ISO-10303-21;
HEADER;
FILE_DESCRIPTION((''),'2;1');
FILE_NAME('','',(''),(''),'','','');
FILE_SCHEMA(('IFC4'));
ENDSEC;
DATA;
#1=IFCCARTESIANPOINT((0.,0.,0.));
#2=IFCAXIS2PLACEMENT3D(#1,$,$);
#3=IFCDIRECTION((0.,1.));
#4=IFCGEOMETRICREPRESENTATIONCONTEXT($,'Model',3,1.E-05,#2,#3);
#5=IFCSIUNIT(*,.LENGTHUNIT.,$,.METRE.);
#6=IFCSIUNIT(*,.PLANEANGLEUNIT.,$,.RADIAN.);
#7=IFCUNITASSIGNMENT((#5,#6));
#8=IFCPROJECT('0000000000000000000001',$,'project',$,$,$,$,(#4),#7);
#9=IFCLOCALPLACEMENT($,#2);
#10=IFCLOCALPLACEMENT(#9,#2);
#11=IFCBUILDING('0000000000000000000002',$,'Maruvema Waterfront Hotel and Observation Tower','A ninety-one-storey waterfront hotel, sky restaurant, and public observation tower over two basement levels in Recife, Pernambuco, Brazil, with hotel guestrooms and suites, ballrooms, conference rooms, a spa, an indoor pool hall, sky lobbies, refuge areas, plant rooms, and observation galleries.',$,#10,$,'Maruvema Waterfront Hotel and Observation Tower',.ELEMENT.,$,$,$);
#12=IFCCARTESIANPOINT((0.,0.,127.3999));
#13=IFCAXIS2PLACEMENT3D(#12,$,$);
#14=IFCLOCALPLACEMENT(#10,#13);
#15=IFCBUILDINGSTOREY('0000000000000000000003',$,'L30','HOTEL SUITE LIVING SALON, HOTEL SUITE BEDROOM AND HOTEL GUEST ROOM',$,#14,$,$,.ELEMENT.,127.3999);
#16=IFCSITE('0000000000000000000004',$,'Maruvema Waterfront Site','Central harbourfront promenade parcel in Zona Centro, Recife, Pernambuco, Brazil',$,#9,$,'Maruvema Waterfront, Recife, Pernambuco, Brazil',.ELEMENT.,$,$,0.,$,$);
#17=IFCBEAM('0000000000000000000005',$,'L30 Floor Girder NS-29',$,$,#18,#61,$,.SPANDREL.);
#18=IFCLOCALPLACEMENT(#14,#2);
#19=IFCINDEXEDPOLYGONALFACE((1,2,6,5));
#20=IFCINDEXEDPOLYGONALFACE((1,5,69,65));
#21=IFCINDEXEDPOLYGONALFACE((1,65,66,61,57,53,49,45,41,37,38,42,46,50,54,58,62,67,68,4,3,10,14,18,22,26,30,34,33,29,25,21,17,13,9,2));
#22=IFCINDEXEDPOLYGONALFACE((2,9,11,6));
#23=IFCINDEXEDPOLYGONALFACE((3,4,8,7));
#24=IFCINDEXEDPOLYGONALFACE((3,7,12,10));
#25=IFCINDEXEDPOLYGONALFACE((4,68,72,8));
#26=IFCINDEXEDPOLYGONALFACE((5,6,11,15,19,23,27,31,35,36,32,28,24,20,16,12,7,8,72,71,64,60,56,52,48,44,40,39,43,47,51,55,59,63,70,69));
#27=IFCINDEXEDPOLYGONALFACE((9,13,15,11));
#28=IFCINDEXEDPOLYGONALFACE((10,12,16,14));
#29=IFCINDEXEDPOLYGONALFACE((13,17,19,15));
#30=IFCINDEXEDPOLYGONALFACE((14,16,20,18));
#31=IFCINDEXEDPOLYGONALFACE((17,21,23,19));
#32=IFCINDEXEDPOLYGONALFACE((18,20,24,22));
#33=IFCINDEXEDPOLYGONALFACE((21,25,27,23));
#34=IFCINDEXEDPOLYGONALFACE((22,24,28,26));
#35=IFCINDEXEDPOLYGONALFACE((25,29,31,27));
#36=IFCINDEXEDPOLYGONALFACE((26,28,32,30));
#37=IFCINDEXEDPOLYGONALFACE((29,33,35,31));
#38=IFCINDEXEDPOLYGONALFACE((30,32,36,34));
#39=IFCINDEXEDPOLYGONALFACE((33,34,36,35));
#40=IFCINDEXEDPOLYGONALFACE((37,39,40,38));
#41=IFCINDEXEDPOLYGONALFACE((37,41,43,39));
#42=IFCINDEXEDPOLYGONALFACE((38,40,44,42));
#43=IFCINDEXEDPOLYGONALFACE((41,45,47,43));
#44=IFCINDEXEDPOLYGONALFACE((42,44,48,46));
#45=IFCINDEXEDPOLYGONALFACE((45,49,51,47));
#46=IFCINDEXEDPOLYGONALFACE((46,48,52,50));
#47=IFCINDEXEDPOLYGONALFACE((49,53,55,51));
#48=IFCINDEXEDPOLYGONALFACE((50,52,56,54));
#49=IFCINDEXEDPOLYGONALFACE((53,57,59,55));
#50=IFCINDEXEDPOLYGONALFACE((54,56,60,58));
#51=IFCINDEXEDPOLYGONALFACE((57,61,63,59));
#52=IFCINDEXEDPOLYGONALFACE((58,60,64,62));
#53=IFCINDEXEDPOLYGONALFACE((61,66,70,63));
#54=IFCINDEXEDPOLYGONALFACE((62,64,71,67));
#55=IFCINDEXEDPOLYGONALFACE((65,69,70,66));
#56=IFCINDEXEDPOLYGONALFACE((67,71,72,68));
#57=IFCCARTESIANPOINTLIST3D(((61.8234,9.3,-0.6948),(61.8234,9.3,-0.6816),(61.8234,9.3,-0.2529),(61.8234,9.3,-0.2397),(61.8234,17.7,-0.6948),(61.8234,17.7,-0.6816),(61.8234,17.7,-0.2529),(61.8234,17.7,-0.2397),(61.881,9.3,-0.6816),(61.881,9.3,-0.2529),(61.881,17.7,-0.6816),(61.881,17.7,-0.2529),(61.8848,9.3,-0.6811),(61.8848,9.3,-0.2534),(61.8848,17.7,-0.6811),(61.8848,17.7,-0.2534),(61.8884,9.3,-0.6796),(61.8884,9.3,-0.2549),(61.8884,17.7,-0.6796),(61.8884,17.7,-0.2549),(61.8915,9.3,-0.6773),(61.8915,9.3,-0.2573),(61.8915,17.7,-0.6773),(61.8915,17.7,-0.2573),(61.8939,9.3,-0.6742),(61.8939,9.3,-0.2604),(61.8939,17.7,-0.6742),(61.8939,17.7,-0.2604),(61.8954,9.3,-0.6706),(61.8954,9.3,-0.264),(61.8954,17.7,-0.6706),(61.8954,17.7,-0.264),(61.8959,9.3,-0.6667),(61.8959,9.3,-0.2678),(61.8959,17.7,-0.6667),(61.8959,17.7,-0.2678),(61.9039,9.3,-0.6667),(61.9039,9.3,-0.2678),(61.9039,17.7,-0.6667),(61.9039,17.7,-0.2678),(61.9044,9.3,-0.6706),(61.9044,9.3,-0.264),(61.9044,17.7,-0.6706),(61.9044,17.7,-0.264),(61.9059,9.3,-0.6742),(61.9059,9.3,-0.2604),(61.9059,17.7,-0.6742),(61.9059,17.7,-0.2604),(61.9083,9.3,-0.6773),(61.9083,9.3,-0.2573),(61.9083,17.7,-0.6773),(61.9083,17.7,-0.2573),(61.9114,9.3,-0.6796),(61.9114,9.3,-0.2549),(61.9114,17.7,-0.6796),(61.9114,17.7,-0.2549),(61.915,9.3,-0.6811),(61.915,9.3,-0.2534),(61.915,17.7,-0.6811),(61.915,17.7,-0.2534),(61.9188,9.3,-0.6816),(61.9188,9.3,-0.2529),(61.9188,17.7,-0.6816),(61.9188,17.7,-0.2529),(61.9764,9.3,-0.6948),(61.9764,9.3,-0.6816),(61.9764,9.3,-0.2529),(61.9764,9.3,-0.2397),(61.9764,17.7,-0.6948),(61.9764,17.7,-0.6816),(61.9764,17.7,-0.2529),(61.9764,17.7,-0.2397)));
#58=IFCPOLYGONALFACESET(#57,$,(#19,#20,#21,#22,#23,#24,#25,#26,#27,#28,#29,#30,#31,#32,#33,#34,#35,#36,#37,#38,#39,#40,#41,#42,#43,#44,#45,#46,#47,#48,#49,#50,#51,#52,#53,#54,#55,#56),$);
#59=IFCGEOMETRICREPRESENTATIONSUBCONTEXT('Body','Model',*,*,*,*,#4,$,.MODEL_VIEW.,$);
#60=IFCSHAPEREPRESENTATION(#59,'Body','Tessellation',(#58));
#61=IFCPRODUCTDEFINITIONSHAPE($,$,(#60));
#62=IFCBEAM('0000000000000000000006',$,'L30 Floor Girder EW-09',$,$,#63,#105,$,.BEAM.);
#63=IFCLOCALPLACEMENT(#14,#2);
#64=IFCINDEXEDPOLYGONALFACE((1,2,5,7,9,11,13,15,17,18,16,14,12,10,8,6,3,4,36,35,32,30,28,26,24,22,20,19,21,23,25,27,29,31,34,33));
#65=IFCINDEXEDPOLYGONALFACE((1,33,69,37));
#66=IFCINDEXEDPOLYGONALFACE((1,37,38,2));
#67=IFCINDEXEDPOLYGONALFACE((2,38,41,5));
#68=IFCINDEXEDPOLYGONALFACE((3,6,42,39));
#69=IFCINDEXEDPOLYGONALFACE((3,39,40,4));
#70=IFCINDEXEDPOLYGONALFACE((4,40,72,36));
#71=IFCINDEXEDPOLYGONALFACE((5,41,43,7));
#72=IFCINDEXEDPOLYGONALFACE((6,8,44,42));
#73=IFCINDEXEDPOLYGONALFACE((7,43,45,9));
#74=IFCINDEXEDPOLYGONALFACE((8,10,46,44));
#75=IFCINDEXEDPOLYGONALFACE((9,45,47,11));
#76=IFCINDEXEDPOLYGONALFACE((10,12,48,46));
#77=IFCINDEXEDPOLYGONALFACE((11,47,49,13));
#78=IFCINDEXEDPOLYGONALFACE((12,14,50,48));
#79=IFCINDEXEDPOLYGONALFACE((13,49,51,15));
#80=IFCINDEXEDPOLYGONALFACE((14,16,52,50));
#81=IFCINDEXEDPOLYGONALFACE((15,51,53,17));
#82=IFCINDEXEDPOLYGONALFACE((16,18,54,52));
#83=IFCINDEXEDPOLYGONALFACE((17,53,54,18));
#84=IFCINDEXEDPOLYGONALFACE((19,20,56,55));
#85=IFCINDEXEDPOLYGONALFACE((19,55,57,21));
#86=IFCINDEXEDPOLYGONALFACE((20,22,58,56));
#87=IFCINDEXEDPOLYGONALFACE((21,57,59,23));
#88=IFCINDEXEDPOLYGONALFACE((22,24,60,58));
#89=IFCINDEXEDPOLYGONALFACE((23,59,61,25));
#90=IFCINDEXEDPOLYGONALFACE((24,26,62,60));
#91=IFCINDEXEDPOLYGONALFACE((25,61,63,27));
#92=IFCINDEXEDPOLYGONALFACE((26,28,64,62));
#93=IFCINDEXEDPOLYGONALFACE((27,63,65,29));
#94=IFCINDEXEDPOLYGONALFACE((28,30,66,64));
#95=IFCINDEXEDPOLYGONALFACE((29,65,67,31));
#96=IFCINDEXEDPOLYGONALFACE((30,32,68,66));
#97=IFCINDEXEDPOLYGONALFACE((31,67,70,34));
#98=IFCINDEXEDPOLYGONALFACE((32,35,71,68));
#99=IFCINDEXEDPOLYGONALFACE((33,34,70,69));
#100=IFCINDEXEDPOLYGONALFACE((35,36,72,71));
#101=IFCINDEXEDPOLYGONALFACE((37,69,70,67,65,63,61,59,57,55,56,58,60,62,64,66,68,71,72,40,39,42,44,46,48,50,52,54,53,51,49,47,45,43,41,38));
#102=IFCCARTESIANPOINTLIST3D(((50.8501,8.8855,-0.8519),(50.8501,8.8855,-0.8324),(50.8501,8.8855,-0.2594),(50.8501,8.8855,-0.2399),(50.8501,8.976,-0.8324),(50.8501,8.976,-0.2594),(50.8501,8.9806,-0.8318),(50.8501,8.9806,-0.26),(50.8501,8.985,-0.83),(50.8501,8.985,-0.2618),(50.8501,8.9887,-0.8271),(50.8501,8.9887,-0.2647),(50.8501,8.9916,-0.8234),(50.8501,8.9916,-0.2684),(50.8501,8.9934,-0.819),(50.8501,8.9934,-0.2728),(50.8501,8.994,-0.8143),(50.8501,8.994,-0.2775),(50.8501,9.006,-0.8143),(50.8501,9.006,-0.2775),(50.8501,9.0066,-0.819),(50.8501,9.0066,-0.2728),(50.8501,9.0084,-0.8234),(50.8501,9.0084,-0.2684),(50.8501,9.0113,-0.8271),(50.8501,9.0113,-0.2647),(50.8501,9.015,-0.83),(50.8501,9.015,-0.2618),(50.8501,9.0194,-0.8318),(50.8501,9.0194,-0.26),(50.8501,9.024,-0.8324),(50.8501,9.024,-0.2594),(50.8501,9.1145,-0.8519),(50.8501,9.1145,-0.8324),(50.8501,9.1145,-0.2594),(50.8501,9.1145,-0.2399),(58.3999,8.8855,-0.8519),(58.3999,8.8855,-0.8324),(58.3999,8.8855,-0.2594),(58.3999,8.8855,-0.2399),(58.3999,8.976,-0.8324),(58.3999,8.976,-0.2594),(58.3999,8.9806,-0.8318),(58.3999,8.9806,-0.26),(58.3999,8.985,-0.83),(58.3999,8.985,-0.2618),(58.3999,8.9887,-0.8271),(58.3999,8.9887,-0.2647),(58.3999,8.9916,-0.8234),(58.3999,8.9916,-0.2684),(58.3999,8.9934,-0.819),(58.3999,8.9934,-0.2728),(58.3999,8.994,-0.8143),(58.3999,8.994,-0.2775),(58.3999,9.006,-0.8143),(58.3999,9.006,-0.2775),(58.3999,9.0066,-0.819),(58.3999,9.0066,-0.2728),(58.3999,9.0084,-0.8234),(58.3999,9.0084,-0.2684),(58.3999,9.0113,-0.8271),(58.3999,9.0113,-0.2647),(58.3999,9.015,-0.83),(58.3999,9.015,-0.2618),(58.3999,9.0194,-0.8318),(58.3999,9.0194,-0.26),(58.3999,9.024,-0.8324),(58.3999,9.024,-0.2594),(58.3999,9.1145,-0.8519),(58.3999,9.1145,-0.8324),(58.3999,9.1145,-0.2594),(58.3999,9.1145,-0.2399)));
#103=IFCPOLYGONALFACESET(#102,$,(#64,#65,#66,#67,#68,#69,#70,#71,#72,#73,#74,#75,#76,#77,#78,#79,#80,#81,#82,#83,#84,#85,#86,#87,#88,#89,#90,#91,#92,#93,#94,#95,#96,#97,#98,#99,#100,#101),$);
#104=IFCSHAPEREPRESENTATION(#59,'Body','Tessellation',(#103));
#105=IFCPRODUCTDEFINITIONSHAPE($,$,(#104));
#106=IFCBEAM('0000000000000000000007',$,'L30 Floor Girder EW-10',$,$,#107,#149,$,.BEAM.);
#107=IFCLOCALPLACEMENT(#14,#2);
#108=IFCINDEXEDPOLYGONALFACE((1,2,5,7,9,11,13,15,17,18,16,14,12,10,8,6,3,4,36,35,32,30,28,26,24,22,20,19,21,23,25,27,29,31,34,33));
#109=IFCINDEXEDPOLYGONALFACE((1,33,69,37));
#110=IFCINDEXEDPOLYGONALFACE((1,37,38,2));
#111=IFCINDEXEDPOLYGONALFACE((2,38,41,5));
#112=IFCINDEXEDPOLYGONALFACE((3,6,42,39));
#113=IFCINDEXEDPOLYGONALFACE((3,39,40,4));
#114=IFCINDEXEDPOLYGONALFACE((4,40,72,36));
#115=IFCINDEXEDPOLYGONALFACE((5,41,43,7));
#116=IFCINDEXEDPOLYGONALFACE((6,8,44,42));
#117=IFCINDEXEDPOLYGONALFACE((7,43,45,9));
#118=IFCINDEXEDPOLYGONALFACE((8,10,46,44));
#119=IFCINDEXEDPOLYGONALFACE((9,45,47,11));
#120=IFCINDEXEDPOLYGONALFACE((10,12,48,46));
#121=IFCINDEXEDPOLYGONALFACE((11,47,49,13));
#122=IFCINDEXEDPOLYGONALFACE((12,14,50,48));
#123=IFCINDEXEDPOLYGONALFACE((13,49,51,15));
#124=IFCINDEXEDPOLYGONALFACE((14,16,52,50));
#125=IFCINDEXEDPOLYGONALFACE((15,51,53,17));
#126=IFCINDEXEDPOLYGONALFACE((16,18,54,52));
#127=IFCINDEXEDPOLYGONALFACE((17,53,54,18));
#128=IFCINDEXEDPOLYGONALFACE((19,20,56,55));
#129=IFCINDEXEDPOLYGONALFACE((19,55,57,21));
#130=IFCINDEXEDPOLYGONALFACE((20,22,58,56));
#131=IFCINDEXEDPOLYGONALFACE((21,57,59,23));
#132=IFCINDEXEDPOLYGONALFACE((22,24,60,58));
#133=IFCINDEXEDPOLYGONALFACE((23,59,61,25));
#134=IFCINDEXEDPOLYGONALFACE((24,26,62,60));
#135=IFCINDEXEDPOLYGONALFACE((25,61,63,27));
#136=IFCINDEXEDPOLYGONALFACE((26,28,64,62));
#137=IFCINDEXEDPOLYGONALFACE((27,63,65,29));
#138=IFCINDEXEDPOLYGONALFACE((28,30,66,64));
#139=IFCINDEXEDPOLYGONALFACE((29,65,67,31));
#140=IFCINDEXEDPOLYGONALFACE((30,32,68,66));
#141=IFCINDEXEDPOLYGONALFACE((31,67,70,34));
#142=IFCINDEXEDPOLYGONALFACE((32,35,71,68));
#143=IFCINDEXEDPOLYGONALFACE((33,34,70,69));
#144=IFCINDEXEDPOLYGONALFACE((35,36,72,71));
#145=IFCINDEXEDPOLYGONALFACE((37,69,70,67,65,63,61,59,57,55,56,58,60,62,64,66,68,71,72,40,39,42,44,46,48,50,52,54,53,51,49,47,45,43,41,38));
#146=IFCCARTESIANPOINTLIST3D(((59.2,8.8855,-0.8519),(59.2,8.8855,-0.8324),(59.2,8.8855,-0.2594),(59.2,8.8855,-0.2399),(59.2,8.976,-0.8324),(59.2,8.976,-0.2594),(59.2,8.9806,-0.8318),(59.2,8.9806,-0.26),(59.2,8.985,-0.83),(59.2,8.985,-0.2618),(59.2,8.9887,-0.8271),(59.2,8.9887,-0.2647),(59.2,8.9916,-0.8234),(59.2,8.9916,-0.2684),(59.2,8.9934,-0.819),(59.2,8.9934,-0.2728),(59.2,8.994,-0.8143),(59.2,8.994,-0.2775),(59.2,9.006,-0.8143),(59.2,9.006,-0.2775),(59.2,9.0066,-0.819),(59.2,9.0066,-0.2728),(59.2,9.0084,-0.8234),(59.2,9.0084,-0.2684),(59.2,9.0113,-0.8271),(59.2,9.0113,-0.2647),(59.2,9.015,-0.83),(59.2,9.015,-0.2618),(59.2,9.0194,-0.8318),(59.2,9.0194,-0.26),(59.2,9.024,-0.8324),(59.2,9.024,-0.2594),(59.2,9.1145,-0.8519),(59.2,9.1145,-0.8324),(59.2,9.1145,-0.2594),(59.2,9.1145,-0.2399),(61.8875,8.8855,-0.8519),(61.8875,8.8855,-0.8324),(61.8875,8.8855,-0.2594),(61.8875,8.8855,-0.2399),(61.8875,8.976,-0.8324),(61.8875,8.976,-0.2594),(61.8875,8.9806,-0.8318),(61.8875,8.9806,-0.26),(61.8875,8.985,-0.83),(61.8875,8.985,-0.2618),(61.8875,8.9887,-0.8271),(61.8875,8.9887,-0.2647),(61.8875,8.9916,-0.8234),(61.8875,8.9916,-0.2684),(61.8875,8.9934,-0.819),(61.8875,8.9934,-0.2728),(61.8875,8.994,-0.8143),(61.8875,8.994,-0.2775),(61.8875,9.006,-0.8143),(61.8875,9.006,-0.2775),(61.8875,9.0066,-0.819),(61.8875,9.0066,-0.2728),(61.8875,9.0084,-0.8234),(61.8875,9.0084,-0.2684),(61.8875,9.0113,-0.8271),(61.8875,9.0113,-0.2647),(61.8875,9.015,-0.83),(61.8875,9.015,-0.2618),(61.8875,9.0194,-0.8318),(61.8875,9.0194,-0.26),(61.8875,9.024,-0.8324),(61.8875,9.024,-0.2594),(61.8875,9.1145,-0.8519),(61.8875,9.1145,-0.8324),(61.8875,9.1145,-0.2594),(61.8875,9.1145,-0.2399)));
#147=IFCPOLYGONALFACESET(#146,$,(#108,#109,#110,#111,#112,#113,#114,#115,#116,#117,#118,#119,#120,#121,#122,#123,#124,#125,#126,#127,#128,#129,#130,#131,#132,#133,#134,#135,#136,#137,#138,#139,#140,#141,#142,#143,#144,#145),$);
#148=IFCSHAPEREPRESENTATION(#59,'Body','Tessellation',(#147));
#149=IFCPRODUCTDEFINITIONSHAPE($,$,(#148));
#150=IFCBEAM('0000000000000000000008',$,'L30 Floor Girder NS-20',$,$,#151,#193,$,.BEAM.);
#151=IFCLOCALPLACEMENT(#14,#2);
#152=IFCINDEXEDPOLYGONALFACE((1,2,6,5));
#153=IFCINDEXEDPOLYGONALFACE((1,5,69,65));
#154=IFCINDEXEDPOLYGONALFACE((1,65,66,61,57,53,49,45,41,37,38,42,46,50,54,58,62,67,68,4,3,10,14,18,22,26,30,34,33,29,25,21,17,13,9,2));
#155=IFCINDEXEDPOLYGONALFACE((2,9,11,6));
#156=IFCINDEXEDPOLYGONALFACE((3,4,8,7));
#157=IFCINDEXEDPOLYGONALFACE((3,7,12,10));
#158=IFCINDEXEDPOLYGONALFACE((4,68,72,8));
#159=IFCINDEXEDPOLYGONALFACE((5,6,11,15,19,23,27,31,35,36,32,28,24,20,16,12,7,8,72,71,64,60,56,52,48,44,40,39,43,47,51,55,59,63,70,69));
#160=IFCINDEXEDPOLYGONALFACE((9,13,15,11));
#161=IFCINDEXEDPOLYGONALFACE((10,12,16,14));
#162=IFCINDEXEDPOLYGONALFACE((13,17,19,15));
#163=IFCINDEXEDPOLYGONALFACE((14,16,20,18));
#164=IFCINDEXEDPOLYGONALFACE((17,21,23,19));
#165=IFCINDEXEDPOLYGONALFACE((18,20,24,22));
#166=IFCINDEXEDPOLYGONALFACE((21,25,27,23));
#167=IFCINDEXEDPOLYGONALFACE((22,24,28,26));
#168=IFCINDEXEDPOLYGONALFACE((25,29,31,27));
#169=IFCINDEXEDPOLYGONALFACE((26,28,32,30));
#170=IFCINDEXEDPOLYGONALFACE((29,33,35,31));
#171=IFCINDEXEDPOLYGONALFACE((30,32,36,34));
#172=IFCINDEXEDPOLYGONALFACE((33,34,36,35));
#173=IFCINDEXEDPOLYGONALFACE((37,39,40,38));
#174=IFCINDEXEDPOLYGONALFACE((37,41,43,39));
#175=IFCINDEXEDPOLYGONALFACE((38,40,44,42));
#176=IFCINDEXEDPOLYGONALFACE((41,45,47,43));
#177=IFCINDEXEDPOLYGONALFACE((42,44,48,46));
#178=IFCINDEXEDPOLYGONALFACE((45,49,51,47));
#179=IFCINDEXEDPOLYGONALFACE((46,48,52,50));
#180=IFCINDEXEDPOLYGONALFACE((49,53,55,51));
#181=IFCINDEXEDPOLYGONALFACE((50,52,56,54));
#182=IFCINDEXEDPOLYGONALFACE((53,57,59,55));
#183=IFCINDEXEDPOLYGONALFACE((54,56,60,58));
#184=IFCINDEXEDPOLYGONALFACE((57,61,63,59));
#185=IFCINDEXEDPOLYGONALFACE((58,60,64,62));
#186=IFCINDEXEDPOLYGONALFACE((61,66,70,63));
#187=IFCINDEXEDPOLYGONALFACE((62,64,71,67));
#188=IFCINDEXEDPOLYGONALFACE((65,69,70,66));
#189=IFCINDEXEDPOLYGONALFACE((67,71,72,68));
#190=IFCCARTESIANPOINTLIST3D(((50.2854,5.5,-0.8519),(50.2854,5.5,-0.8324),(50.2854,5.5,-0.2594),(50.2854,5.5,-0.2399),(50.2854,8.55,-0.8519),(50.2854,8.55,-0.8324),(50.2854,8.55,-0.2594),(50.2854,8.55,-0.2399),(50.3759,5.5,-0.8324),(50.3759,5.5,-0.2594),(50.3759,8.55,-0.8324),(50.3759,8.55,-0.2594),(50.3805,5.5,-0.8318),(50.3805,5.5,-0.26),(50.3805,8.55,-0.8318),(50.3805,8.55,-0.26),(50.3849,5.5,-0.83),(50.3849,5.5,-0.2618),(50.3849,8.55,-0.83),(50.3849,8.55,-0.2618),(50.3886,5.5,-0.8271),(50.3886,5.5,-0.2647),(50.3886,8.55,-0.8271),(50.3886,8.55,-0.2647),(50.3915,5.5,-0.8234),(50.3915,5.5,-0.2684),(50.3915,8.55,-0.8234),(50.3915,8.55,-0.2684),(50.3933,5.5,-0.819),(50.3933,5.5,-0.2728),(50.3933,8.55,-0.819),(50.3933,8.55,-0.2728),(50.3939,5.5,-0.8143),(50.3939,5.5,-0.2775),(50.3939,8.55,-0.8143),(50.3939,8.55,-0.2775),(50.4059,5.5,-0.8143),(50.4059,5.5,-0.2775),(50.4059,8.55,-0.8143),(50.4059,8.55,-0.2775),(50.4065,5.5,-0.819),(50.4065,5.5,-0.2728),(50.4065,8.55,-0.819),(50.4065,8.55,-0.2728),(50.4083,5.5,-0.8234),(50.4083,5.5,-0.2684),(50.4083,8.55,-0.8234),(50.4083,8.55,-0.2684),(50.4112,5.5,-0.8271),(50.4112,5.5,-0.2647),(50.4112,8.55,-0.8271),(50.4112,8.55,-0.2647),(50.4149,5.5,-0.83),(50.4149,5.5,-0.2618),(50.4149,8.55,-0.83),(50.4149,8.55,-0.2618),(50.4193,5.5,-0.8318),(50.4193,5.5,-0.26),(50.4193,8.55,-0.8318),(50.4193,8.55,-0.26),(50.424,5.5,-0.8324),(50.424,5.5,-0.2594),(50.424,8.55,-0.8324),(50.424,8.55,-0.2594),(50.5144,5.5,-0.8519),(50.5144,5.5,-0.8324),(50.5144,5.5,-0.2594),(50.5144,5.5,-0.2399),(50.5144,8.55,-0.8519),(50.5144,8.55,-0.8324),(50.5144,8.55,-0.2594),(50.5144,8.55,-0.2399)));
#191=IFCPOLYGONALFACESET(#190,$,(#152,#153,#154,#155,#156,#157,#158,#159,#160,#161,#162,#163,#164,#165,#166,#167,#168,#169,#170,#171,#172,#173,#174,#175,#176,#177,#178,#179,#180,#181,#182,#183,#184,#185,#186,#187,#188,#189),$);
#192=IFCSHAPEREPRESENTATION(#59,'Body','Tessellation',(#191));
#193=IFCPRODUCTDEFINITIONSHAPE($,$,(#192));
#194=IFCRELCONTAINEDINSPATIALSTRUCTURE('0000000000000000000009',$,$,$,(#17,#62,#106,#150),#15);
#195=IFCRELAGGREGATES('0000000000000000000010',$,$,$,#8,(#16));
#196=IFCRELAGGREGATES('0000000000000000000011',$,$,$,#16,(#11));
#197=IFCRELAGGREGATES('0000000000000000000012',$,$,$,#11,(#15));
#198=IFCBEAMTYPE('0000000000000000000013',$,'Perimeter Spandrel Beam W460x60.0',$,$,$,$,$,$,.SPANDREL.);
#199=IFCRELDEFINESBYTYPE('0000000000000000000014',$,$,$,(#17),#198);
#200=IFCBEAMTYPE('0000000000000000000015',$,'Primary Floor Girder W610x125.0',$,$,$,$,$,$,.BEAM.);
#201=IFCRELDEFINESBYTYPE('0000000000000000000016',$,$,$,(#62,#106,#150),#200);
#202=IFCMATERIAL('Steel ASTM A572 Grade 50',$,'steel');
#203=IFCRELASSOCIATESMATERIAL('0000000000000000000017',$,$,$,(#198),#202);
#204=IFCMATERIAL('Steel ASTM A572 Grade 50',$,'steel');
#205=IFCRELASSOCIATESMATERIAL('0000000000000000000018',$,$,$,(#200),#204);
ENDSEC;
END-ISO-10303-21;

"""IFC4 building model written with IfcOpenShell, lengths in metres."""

from ifc_helpers import new_model, si_unit, direction, frame, origin, origin_2d, place, context, subcontext, project, spatial, i_section, extrude, material, material_profile, profile_set, type_object, element, save


model = new_model("IFC4")

# Units and contexts
model_context = context("Model", 3, precision=1e-05, world=origin(), true_north=direction((0.0, 1.0)))
body_context = subcontext(model_context, "Body", "Model", "MODEL_VIEW")
ifc_project = project(units=[si_unit("LENGTHUNIT", "METRE"), si_unit("PLANEANGLEUNIT", "RADIAN")], contexts=[model_context])

# Site, building, storey
site_placement = place(None, origin())
site = spatial("IfcSite", under=ifc_project, at=site_placement, Name="Maruvema Waterfront Site", Description="Central harbourfront promenade parcel in Zona Centro, Recife, Pernambuco, Brazil", LongName="Maruvema Waterfront, Recife, Pernambuco, Brazil", CompositionType="ELEMENT", RefElevation=0.0)
building_placement = place(site_placement, origin())
building = spatial("IfcBuilding", under=site, at=building_placement, Name="Maruvema Waterfront Hotel and Observation Tower", Description="A ninety-one-storey waterfront hotel, sky restaurant, and public observation tower over two basement levels in Recife, Pernambuco, Brazil, with hotel guestrooms and suites, ballrooms, conference rooms, a spa, an indoor pool hall, sky lobbies, refuge areas, plant rooms, and observation galleries.", LongName="Maruvema Waterfront Hotel and Observation Tower", CompositionType="ELEMENT")
storey_placement = place(building_placement, frame((0.0, 0.0, 127.3999)))
storey = spatial("IfcBuildingStorey", under=building, at=storey_placement, Name="L30", Description="HOTEL SUITE LIVING SALON, HOTEL SUITE BEDROOM AND HOTEL GUEST ROOM", CompositionType="ELEMENT", Elevation=127.3999)

# Beams
ifc_material_1 = material(Name="Steel ASTM A572 Grade 50", Category="steel")
ifc_material_profile_1 = material_profile(ifc_material_1, i_section(OverallWidth=0.1531, OverallDepth=0.4551, WebThickness=0.0081, FlangeThickness=0.0132, FilletRadius=0.0149, at=origin_2d()), Name="W460x60.0")
ifc_profile_set_1 = profile_set([ifc_material_profile_1], Name="Steel ASTM A572 Grade 50")
beam_type_1 = type_object("IfcBeamType", Name="Perimeter Spandrel Beam W460x60.0", PredefinedType="SPANDREL", material=ifc_profile_set_1)
beam_1_placement = place(storey_placement, frame((61.8999, 9.3, -0.4673), z_axis=(0.0, 1.0, 0.0), x_axis=(-1.0, 0.0, 0.0)))
element("IfcBeam", 1, at=beam_1_placement, inside=storey, type_object=beam_type_1, Name="L30 Floor Girder NS-29", PredefinedType="SPANDREL", context=body_context, shape_type="SweptSolid", body=[
    extrude(i_section(OverallWidth=0.1531, OverallDepth=0.4551, WebThickness=0.0081, FlangeThickness=0.0132, FilletRadius=0.0149, at=origin_2d()), origin(), (0.0, 0.0, 1.0), 8.3999),
])
ifc_material_2 = material(Name="Steel ASTM A572 Grade 50", Category="steel")
ifc_material_profile_2 = material_profile(ifc_material_2, i_section(OverallWidth=0.229, OverallDepth=0.6121, WebThickness=0.012, FlangeThickness=0.0195, FilletRadius=0.0181, at=origin_2d()), Name="W610x125.0")
ifc_profile_set_2 = profile_set([ifc_material_profile_2], Name="Steel ASTM A572 Grade 50")
beam_type_2 = type_object("IfcBeamType", Name="Primary Floor Girder W610x125.0", PredefinedType="BEAM", material=ifc_profile_set_2)
beam_2_placement = place(storey_placement, frame((50.8501, 9.0, -0.5459), z_axis=(1.0, 0.0, 0.0), x_axis=(0.0, 1.0, 0.0)))
element("IfcBeam", 2, at=beam_2_placement, inside=storey, type_object=beam_type_2, Name="L30 Floor Girder EW-09", PredefinedType="BEAM", context=body_context, shape_type="SweptSolid", body=[
    extrude(i_section(OverallWidth=0.229, OverallDepth=0.6121, WebThickness=0.012, FlangeThickness=0.0195, FilletRadius=0.0181, at=origin_2d()), origin(), (0.0, 0.0, 1.0), 7.5498),
])
beam_3_placement = place(storey_placement, frame((59.2, 9.0, -0.5459), z_axis=(1.0, 0.0, 0.0), x_axis=(0.0, 1.0, 0.0)))
element("IfcBeam", 3, at=beam_3_placement, inside=storey, type_object=beam_type_2, Name="L30 Floor Girder EW-10", PredefinedType="BEAM", context=body_context, shape_type="SweptSolid", body=[
    extrude(i_section(OverallWidth=0.229, OverallDepth=0.6121, WebThickness=0.012, FlangeThickness=0.0195, FilletRadius=0.0181, at=origin_2d()), origin(), (0.0, 0.0, 1.0), 2.6875),
])
beam_4_placement = place(storey_placement, frame((50.3999, 5.5, -0.5459), z_axis=(0.0, 1.0, 0.0), x_axis=(-1.0, 0.0, 0.0)))
element("IfcBeam", 4, at=beam_4_placement, inside=storey, type_object=beam_type_2, Name="L30 Floor Girder NS-20", PredefinedType="BEAM", context=body_context, shape_type="SweptSolid", body=[
    extrude(i_section(OverallWidth=0.229, OverallDepth=0.6121, WebThickness=0.012, FlangeThickness=0.0195, FilletRadius=0.0181, at=origin_2d()), origin(), (0.0, 0.0, 1.0), 3.05),
])

save(model, "model.ifc")
